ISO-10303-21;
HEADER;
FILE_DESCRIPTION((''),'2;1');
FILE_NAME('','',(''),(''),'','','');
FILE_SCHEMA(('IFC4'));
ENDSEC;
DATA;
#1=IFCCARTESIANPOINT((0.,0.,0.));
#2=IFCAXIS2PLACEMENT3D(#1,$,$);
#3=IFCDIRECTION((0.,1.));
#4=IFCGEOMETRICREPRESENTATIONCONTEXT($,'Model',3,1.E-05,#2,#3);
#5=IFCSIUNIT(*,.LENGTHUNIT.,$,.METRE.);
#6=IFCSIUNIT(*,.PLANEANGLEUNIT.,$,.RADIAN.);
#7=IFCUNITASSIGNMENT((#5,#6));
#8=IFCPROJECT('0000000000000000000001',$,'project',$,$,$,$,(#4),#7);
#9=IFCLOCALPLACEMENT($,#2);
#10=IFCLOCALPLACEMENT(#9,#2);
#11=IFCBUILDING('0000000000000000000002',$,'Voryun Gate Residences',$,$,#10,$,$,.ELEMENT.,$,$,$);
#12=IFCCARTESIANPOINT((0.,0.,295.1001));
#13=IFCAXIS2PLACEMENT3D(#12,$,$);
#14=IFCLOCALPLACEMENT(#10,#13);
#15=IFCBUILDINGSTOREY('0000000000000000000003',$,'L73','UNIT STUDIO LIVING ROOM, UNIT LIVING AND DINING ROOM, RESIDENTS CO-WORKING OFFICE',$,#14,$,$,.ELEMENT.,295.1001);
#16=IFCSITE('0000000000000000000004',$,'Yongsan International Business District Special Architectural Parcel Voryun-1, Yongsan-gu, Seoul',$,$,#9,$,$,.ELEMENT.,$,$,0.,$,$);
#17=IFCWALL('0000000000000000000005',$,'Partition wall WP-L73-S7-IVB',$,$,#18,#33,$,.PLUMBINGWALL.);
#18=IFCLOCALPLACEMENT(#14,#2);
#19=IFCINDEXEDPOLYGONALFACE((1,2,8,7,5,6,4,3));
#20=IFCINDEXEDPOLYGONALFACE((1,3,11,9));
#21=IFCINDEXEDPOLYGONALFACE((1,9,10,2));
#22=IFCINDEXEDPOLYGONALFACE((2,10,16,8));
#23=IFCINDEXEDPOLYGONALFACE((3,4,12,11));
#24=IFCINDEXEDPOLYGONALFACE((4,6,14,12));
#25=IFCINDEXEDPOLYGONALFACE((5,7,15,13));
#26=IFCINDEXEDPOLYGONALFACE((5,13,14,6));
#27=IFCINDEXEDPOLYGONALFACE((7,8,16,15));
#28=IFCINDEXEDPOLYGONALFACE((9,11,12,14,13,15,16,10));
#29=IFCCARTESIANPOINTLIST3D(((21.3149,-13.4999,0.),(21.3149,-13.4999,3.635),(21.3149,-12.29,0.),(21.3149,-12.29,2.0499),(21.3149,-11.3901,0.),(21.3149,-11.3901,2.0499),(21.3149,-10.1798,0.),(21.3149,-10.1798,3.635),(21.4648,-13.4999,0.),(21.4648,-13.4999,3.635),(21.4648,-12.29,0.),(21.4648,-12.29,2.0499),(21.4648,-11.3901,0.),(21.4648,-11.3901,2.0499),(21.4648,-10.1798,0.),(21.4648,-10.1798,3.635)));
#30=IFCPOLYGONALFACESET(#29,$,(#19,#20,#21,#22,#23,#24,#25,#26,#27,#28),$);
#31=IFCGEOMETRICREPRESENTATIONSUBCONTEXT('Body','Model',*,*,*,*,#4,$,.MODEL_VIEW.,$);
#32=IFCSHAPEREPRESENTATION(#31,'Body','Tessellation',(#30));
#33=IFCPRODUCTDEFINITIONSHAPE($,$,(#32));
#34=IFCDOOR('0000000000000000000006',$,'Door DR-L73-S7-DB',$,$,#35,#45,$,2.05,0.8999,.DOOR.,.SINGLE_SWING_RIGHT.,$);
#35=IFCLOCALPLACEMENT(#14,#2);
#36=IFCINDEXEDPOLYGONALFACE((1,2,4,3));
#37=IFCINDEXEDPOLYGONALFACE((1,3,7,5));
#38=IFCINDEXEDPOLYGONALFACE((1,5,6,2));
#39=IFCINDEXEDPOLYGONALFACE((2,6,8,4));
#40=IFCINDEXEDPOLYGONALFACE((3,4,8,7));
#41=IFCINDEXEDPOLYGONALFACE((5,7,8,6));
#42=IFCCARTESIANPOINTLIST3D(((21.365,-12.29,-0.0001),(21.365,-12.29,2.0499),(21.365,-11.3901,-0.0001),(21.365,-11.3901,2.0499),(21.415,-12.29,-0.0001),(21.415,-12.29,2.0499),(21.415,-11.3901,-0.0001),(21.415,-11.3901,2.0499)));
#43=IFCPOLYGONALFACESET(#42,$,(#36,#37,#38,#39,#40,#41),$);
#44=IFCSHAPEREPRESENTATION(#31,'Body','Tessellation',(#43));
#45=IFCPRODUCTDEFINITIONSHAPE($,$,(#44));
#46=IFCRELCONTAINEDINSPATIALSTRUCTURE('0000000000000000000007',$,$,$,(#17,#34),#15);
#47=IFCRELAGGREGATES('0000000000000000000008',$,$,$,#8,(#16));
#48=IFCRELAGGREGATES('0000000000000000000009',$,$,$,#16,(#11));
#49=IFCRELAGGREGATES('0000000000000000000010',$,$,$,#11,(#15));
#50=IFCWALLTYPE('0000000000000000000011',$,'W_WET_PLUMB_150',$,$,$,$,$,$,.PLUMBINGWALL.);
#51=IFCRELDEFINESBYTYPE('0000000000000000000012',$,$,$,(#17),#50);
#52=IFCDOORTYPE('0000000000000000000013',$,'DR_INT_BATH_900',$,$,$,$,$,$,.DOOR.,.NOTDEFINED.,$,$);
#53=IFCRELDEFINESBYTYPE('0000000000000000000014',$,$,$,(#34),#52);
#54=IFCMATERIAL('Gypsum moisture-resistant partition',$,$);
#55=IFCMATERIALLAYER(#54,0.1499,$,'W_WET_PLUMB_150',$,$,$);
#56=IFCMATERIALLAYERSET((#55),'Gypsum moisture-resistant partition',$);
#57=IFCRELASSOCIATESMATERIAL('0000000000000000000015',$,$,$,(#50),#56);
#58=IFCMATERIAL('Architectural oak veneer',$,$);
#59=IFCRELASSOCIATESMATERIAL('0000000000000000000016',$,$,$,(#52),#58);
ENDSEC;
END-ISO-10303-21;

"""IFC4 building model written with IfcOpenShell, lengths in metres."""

from ifc_helpers import new_model, si_unit, direction, frame, frame_2d, origin, place, context, subcontext, project, spatial, rectangle, extrude, material, layer, layer_set, type_object, element, fill, save


model = new_model("IFC4")

# Units and contexts
model_context = context("Model", 3, precision=1e-05, world=origin(), true_north=direction((0.0, 1.0)))
body_context = subcontext(model_context, "Body", "Model", "MODEL_VIEW")
ifc_project = project(units=[si_unit("LENGTHUNIT", "METRE"), si_unit("PLANEANGLEUNIT", "RADIAN")], contexts=[model_context])

# Site, building, storey
site_placement = place(None, origin())
site = spatial("IfcSite", under=ifc_project, at=site_placement, Name="Yongsan International Business District Special Architectural Parcel Voryun-1, Yongsan-gu, Seoul", CompositionType="ELEMENT", RefElevation=0.0)
building_placement = place(site_placement, origin())
building = spatial("IfcBuilding", under=site, at=building_placement, Name="Voryun Gate Residences", CompositionType="ELEMENT")
storey_placement = place(building_placement, frame((0.0, 0.0, 295.1001)))
storey = spatial("IfcBuildingStorey", under=building, at=storey_placement, Name="L73", Description="UNIT STUDIO LIVING ROOM, UNIT LIVING AND DINING ROOM, RESIDENTS CO-WORKING OFFICE", CompositionType="ELEMENT", Elevation=295.1001)

# Shared definitions
ifc_material_1 = material(Name="Gypsum moisture-resistant partition")
ifc_layer_1 = layer(ifc_material_1, 0.1499, Name="W_WET_PLUMB_150")
ifc_layer_set_1 = layer_set([ifc_layer_1], Name="Gypsum moisture-resistant partition")
wall_type_1 = type_object("IfcWallType", Name="W_WET_PLUMB_150", PredefinedType="PLUMBINGWALL", material=ifc_layer_set_1)

# Wall, opening, door
wall_1_placement = place(storey_placement, frame((21.3899, -13.5, 0.0), z_axis=(0.0, 0.0, 1.0), x_axis=(0.0, 1.0, 0.0)))
wall_1 = element("IfcWall", 1, at=wall_1_placement, inside=storey, type_object=wall_type_1, Name="Partition wall WP-L73-S7-IVB", PredefinedType="PLUMBINGWALL", context=body_context, shape_type="SweptSolid", body=[
    extrude(rectangle(XDim=3.3201, YDim=0.1499, at=frame_2d((1.6602, 0.0))), origin(), (0.0, 0.0, 1.0), 3.635),
])
opening_1_placement = place(wall_1_placement, frame((1.21, 0.0, 0.0)))
opening_1 = element("IfcOpeningElement", 2, at=opening_1_placement, cuts=wall_1, PredefinedType="OPENING", context=body_context, shape_type="SweptSolid", body=[
    extrude(rectangle(XDim=0.8999, YDim=2.05, at=frame_2d((0.45, 1.0249))), frame((0.0, 0.085, 0.0), z_axis=(0.0, -1.0, 0.0), x_axis=(1.0, 0.0, 0.0)), (0.0, 0.0, 1.0), 0.1699),
])
ifc_material_2 = material(Name="Architectural oak veneer")
door_type_1 = type_object("IfcDoorType", Name="DR_INT_BATH_900", OperationType="NOTDEFINED", PredefinedType="DOOR", material=ifc_material_2)
door_1_placement = place(opening_1_placement, origin())
door_1 = element("IfcDoor", 3, at=door_1_placement, inside=storey, type_object=door_type_1, Name="Door DR-L73-S7-DB", OperationType="SINGLE_SWING_RIGHT", OverallHeight=2.05, OverallWidth=0.8999, PredefinedType="DOOR", context=body_context, shape_type="SweptSolid", body=[
    extrude(rectangle(XDim=0.8999, YDim=2.05, at=frame_2d((0.45, 1.0249))), frame((0.0, 0.0249, 0.0), z_axis=(0.0, -1.0, 0.0), x_axis=(1.0, 0.0, 0.0)), (0.0, 0.0, 1.0), 0.05),
])
fill(opening_1, door_1)

save(model, "model.ifc")
